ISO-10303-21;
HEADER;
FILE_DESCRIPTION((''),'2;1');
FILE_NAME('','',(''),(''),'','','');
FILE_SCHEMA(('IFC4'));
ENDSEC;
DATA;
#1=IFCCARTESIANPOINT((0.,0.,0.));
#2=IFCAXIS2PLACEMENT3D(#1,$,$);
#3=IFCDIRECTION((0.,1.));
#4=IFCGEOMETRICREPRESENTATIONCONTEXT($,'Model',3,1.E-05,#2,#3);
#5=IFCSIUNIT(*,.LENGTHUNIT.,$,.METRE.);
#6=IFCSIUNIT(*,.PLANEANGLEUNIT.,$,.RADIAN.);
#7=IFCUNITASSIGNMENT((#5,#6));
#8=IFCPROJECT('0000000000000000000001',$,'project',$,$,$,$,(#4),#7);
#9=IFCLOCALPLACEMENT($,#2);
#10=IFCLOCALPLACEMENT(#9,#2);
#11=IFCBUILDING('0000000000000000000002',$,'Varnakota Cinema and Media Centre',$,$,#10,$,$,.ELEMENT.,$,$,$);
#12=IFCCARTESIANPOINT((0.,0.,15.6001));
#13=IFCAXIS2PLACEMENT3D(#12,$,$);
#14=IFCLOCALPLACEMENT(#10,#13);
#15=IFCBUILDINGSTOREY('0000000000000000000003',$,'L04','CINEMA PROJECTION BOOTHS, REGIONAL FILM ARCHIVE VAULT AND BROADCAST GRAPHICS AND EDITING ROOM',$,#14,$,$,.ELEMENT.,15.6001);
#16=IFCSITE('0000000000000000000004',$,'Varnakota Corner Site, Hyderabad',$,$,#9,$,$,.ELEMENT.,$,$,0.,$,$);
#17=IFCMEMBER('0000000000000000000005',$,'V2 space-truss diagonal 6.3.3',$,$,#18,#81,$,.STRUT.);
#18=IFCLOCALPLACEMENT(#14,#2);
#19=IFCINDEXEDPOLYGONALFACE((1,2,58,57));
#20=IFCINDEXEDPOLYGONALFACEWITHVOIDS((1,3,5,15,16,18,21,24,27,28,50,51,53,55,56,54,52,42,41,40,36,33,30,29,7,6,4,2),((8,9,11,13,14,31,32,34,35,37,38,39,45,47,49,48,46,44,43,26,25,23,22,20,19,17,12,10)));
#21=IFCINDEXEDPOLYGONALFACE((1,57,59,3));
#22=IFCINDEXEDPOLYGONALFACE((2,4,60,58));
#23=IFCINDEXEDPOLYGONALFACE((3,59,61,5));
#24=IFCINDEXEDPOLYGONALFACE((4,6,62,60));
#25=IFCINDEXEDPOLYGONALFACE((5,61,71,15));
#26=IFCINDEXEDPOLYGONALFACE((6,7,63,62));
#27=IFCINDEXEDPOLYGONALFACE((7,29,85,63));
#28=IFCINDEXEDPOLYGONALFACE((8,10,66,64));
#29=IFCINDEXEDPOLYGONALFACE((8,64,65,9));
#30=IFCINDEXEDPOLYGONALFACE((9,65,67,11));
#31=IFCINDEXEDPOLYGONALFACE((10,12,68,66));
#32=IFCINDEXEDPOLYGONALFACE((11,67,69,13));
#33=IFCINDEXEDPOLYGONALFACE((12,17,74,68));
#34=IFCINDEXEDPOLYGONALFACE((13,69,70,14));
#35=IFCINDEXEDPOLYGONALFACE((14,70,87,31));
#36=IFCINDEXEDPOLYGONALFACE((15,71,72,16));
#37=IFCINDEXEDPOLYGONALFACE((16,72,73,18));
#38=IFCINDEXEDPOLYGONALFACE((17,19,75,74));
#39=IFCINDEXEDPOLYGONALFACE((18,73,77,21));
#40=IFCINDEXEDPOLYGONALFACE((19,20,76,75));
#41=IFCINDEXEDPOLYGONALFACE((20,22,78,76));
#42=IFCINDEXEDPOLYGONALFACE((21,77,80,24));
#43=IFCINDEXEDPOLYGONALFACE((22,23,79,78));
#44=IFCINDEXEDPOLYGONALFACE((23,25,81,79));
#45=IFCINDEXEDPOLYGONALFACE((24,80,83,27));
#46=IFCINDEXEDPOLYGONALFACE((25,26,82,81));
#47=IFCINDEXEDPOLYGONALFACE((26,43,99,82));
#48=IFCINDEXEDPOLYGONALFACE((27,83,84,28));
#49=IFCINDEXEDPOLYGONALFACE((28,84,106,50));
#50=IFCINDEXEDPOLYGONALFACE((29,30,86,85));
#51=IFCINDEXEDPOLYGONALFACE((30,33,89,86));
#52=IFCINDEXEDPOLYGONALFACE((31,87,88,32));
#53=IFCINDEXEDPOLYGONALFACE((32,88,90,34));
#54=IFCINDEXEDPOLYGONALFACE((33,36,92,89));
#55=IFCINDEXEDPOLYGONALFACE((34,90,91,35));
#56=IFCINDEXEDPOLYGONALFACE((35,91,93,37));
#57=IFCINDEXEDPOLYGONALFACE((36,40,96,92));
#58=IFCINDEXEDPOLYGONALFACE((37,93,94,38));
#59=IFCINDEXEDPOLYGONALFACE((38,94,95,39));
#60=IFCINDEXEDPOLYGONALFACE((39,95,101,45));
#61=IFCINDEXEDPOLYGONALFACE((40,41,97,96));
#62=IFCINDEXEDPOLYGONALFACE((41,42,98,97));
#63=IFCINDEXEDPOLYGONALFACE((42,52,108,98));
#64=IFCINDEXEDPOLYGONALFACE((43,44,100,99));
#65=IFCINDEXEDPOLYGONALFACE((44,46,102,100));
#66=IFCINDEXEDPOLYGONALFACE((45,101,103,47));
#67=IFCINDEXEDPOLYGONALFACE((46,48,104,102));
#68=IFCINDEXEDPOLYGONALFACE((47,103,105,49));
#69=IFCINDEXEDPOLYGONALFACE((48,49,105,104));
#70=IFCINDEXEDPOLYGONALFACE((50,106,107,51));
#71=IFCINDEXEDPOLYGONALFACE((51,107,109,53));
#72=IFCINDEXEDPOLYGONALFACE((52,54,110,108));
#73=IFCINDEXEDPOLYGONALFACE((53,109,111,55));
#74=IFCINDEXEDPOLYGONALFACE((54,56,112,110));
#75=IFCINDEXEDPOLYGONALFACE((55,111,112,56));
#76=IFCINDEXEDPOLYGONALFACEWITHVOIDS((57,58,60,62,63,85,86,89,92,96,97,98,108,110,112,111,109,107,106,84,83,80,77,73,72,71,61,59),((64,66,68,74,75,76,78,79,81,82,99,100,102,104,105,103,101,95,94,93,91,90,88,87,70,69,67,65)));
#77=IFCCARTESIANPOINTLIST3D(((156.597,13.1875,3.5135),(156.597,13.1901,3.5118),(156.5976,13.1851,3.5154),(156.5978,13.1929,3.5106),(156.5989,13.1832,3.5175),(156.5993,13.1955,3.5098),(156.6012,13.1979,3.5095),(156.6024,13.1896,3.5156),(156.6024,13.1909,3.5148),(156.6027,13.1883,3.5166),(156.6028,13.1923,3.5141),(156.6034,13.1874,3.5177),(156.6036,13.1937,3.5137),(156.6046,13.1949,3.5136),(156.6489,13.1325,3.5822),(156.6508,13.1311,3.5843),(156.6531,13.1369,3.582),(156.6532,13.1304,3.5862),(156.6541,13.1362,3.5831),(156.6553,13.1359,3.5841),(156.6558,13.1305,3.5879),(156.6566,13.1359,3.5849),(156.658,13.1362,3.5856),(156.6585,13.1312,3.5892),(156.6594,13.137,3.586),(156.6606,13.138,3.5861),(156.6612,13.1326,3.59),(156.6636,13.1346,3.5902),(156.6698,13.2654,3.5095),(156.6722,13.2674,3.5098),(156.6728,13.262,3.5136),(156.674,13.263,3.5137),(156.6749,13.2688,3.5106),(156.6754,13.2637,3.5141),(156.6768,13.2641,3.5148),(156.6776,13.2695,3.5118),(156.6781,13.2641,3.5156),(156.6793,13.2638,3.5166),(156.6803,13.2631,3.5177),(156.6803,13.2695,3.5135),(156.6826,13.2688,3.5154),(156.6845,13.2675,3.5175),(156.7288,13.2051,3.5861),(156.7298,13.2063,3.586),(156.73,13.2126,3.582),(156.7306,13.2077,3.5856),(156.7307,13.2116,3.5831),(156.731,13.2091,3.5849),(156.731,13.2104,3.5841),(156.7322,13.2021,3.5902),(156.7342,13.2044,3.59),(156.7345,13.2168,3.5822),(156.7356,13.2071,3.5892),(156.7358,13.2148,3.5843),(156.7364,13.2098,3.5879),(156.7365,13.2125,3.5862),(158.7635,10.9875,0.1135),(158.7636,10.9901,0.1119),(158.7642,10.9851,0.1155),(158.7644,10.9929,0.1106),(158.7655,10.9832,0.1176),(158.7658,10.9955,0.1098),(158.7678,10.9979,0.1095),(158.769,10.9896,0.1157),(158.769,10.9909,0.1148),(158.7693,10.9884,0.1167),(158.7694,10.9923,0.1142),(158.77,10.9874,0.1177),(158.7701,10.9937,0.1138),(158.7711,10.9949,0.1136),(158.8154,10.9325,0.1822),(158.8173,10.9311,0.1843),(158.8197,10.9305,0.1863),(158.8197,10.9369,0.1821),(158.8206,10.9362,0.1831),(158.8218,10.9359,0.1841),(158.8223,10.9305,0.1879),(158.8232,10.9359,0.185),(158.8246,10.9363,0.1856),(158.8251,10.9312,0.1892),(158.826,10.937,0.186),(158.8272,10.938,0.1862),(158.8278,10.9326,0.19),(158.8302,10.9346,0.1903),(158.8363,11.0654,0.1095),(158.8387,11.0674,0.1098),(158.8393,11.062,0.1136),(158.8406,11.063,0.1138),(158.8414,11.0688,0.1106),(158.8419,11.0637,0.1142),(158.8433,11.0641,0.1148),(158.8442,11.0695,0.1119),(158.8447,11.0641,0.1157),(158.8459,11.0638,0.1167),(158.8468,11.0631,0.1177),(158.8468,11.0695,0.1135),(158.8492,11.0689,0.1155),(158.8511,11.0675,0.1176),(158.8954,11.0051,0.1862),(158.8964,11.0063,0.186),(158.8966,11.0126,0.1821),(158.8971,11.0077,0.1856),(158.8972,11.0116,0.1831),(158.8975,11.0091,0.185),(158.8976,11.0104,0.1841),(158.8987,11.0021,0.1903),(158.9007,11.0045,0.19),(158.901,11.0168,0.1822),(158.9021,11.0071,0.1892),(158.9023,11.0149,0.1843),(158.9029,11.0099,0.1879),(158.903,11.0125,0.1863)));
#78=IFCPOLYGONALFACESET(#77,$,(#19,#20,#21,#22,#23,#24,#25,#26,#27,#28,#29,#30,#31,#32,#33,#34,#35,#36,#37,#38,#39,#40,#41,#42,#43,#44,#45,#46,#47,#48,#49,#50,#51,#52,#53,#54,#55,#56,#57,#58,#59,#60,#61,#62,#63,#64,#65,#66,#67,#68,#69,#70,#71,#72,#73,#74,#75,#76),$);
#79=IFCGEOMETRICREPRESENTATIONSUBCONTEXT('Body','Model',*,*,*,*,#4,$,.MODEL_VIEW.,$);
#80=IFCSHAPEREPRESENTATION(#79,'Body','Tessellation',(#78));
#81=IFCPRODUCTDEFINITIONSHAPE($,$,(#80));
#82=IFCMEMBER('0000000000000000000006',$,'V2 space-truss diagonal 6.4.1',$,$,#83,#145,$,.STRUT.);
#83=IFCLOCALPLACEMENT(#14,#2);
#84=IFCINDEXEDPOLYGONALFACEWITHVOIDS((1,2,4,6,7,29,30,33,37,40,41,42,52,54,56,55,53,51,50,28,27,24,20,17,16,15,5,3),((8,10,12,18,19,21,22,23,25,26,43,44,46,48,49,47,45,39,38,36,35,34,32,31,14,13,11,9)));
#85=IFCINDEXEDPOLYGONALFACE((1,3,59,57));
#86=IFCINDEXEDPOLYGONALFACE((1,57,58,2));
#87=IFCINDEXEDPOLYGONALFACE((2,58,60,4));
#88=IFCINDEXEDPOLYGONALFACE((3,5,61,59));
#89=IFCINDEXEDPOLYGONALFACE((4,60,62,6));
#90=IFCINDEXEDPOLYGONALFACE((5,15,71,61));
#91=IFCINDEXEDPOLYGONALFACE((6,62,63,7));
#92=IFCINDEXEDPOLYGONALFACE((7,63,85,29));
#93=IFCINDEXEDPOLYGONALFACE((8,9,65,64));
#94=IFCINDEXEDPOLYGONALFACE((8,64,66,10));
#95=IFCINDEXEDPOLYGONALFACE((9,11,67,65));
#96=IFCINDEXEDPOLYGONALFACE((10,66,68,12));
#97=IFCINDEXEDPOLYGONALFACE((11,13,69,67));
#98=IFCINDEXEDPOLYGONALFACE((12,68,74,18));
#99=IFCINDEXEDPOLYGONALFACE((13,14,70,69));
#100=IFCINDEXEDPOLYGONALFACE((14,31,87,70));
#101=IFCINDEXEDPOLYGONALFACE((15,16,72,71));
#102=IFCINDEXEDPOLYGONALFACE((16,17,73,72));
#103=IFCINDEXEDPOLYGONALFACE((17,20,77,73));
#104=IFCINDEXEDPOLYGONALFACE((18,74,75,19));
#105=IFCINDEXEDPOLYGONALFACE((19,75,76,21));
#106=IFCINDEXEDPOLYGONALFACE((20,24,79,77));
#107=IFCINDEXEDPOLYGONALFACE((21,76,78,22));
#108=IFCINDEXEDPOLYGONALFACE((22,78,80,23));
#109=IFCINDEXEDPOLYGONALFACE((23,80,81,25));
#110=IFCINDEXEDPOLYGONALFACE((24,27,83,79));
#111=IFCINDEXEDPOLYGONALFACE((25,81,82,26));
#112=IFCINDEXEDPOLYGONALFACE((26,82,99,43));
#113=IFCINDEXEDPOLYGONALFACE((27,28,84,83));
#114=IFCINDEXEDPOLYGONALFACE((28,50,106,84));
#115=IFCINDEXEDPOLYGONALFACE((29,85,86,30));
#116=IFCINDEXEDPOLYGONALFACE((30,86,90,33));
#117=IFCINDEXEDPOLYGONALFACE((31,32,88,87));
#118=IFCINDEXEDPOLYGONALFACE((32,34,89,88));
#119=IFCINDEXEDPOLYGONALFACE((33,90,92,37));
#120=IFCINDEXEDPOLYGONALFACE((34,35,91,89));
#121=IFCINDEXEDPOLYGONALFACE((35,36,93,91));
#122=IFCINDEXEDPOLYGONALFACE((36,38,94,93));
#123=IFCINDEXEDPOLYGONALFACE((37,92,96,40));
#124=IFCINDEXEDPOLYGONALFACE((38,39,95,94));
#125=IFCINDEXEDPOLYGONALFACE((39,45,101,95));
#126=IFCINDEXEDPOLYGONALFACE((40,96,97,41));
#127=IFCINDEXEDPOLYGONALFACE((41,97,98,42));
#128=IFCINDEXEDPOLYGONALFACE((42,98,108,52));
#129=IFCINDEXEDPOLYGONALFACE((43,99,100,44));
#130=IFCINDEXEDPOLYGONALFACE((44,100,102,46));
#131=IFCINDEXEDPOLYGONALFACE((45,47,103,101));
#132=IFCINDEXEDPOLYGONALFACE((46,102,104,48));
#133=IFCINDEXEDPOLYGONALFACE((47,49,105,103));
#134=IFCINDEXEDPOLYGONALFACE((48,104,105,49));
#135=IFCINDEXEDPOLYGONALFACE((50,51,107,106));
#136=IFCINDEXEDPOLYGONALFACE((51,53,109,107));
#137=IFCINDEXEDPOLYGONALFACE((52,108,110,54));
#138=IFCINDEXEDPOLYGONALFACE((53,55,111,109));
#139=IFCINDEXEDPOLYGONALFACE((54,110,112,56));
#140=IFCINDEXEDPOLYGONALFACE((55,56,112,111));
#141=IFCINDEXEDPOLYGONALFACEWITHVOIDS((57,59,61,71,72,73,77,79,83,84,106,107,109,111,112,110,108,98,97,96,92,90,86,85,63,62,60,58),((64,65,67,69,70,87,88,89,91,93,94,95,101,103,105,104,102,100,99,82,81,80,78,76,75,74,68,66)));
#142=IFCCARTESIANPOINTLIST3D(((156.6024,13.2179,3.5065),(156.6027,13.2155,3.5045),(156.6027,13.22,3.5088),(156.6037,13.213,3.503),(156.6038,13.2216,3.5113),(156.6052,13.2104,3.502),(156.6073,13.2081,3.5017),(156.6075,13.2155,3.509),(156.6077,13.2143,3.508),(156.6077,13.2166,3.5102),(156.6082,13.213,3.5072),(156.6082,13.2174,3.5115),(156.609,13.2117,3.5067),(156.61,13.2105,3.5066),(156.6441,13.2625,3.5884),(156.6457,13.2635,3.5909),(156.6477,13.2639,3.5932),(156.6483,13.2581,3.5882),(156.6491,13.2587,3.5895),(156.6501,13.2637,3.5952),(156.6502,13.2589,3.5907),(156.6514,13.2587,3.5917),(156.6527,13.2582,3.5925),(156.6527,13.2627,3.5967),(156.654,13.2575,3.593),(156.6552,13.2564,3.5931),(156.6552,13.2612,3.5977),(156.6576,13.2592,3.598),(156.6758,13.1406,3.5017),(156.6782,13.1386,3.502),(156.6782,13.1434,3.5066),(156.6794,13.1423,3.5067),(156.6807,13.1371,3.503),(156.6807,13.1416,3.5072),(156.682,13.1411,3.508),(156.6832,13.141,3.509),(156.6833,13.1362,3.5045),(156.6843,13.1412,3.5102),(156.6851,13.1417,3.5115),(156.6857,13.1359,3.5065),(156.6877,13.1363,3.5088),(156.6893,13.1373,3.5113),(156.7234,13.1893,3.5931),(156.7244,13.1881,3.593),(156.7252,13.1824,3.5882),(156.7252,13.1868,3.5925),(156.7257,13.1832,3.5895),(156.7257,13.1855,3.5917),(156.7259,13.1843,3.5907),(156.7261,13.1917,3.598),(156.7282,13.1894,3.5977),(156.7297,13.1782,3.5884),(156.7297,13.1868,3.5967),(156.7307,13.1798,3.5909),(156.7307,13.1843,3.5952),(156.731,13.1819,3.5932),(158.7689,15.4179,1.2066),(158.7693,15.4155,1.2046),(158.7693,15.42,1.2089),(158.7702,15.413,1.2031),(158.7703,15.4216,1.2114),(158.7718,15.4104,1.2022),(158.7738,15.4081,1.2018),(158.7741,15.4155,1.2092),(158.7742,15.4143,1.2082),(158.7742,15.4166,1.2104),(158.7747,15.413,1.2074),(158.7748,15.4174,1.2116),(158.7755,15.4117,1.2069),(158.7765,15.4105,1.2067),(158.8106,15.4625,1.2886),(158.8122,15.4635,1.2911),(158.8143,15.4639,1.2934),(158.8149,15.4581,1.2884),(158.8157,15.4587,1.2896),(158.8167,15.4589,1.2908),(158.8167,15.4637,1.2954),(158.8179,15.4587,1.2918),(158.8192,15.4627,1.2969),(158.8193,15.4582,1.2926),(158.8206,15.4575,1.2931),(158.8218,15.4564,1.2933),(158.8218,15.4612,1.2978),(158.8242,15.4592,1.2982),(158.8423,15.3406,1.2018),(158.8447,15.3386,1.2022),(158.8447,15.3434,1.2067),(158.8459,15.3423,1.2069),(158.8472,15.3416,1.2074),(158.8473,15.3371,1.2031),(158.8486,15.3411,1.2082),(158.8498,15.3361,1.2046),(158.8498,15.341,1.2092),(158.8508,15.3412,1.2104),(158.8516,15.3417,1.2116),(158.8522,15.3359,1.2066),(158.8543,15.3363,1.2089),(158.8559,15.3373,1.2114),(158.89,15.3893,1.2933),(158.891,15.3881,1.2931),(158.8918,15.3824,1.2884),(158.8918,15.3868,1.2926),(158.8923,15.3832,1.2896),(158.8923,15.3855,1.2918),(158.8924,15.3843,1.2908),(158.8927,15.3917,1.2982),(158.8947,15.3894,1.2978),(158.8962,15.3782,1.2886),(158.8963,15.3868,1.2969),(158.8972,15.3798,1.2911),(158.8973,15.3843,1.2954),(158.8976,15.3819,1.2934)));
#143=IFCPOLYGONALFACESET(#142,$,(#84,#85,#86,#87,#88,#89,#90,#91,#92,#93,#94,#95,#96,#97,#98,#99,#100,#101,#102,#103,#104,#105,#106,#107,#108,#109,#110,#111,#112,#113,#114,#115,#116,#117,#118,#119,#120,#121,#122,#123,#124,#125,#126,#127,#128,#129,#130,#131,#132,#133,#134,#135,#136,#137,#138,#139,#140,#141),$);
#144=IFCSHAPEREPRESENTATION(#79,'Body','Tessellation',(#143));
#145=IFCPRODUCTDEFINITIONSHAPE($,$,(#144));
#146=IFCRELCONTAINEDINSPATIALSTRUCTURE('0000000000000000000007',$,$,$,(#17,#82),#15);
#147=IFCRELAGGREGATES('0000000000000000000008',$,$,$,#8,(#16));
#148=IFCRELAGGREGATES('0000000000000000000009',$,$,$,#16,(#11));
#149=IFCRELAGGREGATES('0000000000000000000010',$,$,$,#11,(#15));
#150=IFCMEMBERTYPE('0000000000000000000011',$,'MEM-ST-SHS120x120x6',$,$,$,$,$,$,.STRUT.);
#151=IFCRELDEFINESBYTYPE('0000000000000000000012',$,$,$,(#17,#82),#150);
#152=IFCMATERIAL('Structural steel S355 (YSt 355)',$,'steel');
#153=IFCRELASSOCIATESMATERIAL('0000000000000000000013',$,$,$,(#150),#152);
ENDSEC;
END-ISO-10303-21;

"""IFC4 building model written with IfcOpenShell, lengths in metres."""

from ifc_helpers import new_model, si_unit, direction, frame, origin, origin_2d, place, context, subcontext, project, spatial, hollow_rectangle, extrude, material, material_profile, profile_set, type_object, element, save


model = new_model("IFC4")

# Units and contexts
model_context = context("Model", 3, precision=1e-05, world=origin(), true_north=direction((0.0, 1.0)))
body_context = subcontext(model_context, "Body", "Model", "MODEL_VIEW")
ifc_project = project(units=[si_unit("LENGTHUNIT", "METRE"), si_unit("PLANEANGLEUNIT", "RADIAN")], contexts=[model_context])

# Site, building, storey
site_placement = place(None, origin())
site = spatial("IfcSite", under=ifc_project, at=site_placement, Name="Varnakota Corner Site, Hyderabad", CompositionType="ELEMENT", RefElevation=0.0)
building_placement = place(site_placement, origin())
building = spatial("IfcBuilding", under=site, at=building_placement, Name="Varnakota Cinema and Media Centre", CompositionType="ELEMENT")
storey_placement = place(building_placement, frame((0.0, 0.0, 15.6001)))
storey = spatial("IfcBuildingStorey", under=building, at=storey_placement, Name="L04", Description="CINEMA PROJECTION BOOTHS, REGIONAL FILM ARCHIVE VAULT AND BROADCAST GRAPHICS AND EDITING ROOM", CompositionType="ELEMENT", Elevation=15.6001)

# Members
ifc_material_1 = material(Name="Structural steel S355 (YSt 355)", Category="steel")
ifc_material_profile_1 = material_profile(ifc_material_1, hollow_rectangle(XDim=0.1201, YDim=0.1201, WallThickness=0.0061, InnerFilletRadius=0.0061, OuterFilletRadius=0.012, at=origin_2d()), Name="SHS 120x120x6")
ifc_profile_set_1 = profile_set([ifc_material_profile_1], Name="Structural steel S355 (YSt 355)")
member_type_1 = type_object("IfcMemberType", Name="MEM-ST-SHS120x120x6", PredefinedType="STRUT", material=ifc_profile_set_1)
member_1_placement = place(storey_placement, frame((158.8333, 11.0, 0.1499), z_axis=(-0.471728, 0.479011, 0.740285), x_axis=(-0.712502, -0.70167, 0.0)))
element("IfcMember", 1, at=member_1_placement, inside=storey, type_object=member_type_1, Name="V2 space-truss diagonal 6.3.3", PredefinedType="STRUT", context=body_context, shape_type="SweptSolid", body=[
    extrude(hollow_rectangle(XDim=0.1201, YDim=0.1201, WallThickness=0.0061, InnerFilletRadius=0.0061, OuterFilletRadius=0.012, at=origin_2d()), origin(), (0.0, 0.0, 1.0), 4.5928),
])
member_2_placement = place(storey_placement, frame((158.8333, 15.3999, 1.25), z_axis=(-0.562726, -0.571413, 0.597349), x_axis=(0.712502, -0.70167, 0.0)))
element("IfcMember", 2, at=member_2_placement, inside=storey, type_object=member_type_1, Name="V2 space-truss diagonal 6.4.1", PredefinedType="STRUT", context=body_context, shape_type="SweptSolid", body=[
    extrude(hollow_rectangle(XDim=0.1201, YDim=0.1201, WallThickness=0.0061, InnerFilletRadius=0.0061, OuterFilletRadius=0.012, at=origin_2d()), origin(), (0.0, 0.0, 1.0), 3.8501),
])

save(model, "model.ifc")
